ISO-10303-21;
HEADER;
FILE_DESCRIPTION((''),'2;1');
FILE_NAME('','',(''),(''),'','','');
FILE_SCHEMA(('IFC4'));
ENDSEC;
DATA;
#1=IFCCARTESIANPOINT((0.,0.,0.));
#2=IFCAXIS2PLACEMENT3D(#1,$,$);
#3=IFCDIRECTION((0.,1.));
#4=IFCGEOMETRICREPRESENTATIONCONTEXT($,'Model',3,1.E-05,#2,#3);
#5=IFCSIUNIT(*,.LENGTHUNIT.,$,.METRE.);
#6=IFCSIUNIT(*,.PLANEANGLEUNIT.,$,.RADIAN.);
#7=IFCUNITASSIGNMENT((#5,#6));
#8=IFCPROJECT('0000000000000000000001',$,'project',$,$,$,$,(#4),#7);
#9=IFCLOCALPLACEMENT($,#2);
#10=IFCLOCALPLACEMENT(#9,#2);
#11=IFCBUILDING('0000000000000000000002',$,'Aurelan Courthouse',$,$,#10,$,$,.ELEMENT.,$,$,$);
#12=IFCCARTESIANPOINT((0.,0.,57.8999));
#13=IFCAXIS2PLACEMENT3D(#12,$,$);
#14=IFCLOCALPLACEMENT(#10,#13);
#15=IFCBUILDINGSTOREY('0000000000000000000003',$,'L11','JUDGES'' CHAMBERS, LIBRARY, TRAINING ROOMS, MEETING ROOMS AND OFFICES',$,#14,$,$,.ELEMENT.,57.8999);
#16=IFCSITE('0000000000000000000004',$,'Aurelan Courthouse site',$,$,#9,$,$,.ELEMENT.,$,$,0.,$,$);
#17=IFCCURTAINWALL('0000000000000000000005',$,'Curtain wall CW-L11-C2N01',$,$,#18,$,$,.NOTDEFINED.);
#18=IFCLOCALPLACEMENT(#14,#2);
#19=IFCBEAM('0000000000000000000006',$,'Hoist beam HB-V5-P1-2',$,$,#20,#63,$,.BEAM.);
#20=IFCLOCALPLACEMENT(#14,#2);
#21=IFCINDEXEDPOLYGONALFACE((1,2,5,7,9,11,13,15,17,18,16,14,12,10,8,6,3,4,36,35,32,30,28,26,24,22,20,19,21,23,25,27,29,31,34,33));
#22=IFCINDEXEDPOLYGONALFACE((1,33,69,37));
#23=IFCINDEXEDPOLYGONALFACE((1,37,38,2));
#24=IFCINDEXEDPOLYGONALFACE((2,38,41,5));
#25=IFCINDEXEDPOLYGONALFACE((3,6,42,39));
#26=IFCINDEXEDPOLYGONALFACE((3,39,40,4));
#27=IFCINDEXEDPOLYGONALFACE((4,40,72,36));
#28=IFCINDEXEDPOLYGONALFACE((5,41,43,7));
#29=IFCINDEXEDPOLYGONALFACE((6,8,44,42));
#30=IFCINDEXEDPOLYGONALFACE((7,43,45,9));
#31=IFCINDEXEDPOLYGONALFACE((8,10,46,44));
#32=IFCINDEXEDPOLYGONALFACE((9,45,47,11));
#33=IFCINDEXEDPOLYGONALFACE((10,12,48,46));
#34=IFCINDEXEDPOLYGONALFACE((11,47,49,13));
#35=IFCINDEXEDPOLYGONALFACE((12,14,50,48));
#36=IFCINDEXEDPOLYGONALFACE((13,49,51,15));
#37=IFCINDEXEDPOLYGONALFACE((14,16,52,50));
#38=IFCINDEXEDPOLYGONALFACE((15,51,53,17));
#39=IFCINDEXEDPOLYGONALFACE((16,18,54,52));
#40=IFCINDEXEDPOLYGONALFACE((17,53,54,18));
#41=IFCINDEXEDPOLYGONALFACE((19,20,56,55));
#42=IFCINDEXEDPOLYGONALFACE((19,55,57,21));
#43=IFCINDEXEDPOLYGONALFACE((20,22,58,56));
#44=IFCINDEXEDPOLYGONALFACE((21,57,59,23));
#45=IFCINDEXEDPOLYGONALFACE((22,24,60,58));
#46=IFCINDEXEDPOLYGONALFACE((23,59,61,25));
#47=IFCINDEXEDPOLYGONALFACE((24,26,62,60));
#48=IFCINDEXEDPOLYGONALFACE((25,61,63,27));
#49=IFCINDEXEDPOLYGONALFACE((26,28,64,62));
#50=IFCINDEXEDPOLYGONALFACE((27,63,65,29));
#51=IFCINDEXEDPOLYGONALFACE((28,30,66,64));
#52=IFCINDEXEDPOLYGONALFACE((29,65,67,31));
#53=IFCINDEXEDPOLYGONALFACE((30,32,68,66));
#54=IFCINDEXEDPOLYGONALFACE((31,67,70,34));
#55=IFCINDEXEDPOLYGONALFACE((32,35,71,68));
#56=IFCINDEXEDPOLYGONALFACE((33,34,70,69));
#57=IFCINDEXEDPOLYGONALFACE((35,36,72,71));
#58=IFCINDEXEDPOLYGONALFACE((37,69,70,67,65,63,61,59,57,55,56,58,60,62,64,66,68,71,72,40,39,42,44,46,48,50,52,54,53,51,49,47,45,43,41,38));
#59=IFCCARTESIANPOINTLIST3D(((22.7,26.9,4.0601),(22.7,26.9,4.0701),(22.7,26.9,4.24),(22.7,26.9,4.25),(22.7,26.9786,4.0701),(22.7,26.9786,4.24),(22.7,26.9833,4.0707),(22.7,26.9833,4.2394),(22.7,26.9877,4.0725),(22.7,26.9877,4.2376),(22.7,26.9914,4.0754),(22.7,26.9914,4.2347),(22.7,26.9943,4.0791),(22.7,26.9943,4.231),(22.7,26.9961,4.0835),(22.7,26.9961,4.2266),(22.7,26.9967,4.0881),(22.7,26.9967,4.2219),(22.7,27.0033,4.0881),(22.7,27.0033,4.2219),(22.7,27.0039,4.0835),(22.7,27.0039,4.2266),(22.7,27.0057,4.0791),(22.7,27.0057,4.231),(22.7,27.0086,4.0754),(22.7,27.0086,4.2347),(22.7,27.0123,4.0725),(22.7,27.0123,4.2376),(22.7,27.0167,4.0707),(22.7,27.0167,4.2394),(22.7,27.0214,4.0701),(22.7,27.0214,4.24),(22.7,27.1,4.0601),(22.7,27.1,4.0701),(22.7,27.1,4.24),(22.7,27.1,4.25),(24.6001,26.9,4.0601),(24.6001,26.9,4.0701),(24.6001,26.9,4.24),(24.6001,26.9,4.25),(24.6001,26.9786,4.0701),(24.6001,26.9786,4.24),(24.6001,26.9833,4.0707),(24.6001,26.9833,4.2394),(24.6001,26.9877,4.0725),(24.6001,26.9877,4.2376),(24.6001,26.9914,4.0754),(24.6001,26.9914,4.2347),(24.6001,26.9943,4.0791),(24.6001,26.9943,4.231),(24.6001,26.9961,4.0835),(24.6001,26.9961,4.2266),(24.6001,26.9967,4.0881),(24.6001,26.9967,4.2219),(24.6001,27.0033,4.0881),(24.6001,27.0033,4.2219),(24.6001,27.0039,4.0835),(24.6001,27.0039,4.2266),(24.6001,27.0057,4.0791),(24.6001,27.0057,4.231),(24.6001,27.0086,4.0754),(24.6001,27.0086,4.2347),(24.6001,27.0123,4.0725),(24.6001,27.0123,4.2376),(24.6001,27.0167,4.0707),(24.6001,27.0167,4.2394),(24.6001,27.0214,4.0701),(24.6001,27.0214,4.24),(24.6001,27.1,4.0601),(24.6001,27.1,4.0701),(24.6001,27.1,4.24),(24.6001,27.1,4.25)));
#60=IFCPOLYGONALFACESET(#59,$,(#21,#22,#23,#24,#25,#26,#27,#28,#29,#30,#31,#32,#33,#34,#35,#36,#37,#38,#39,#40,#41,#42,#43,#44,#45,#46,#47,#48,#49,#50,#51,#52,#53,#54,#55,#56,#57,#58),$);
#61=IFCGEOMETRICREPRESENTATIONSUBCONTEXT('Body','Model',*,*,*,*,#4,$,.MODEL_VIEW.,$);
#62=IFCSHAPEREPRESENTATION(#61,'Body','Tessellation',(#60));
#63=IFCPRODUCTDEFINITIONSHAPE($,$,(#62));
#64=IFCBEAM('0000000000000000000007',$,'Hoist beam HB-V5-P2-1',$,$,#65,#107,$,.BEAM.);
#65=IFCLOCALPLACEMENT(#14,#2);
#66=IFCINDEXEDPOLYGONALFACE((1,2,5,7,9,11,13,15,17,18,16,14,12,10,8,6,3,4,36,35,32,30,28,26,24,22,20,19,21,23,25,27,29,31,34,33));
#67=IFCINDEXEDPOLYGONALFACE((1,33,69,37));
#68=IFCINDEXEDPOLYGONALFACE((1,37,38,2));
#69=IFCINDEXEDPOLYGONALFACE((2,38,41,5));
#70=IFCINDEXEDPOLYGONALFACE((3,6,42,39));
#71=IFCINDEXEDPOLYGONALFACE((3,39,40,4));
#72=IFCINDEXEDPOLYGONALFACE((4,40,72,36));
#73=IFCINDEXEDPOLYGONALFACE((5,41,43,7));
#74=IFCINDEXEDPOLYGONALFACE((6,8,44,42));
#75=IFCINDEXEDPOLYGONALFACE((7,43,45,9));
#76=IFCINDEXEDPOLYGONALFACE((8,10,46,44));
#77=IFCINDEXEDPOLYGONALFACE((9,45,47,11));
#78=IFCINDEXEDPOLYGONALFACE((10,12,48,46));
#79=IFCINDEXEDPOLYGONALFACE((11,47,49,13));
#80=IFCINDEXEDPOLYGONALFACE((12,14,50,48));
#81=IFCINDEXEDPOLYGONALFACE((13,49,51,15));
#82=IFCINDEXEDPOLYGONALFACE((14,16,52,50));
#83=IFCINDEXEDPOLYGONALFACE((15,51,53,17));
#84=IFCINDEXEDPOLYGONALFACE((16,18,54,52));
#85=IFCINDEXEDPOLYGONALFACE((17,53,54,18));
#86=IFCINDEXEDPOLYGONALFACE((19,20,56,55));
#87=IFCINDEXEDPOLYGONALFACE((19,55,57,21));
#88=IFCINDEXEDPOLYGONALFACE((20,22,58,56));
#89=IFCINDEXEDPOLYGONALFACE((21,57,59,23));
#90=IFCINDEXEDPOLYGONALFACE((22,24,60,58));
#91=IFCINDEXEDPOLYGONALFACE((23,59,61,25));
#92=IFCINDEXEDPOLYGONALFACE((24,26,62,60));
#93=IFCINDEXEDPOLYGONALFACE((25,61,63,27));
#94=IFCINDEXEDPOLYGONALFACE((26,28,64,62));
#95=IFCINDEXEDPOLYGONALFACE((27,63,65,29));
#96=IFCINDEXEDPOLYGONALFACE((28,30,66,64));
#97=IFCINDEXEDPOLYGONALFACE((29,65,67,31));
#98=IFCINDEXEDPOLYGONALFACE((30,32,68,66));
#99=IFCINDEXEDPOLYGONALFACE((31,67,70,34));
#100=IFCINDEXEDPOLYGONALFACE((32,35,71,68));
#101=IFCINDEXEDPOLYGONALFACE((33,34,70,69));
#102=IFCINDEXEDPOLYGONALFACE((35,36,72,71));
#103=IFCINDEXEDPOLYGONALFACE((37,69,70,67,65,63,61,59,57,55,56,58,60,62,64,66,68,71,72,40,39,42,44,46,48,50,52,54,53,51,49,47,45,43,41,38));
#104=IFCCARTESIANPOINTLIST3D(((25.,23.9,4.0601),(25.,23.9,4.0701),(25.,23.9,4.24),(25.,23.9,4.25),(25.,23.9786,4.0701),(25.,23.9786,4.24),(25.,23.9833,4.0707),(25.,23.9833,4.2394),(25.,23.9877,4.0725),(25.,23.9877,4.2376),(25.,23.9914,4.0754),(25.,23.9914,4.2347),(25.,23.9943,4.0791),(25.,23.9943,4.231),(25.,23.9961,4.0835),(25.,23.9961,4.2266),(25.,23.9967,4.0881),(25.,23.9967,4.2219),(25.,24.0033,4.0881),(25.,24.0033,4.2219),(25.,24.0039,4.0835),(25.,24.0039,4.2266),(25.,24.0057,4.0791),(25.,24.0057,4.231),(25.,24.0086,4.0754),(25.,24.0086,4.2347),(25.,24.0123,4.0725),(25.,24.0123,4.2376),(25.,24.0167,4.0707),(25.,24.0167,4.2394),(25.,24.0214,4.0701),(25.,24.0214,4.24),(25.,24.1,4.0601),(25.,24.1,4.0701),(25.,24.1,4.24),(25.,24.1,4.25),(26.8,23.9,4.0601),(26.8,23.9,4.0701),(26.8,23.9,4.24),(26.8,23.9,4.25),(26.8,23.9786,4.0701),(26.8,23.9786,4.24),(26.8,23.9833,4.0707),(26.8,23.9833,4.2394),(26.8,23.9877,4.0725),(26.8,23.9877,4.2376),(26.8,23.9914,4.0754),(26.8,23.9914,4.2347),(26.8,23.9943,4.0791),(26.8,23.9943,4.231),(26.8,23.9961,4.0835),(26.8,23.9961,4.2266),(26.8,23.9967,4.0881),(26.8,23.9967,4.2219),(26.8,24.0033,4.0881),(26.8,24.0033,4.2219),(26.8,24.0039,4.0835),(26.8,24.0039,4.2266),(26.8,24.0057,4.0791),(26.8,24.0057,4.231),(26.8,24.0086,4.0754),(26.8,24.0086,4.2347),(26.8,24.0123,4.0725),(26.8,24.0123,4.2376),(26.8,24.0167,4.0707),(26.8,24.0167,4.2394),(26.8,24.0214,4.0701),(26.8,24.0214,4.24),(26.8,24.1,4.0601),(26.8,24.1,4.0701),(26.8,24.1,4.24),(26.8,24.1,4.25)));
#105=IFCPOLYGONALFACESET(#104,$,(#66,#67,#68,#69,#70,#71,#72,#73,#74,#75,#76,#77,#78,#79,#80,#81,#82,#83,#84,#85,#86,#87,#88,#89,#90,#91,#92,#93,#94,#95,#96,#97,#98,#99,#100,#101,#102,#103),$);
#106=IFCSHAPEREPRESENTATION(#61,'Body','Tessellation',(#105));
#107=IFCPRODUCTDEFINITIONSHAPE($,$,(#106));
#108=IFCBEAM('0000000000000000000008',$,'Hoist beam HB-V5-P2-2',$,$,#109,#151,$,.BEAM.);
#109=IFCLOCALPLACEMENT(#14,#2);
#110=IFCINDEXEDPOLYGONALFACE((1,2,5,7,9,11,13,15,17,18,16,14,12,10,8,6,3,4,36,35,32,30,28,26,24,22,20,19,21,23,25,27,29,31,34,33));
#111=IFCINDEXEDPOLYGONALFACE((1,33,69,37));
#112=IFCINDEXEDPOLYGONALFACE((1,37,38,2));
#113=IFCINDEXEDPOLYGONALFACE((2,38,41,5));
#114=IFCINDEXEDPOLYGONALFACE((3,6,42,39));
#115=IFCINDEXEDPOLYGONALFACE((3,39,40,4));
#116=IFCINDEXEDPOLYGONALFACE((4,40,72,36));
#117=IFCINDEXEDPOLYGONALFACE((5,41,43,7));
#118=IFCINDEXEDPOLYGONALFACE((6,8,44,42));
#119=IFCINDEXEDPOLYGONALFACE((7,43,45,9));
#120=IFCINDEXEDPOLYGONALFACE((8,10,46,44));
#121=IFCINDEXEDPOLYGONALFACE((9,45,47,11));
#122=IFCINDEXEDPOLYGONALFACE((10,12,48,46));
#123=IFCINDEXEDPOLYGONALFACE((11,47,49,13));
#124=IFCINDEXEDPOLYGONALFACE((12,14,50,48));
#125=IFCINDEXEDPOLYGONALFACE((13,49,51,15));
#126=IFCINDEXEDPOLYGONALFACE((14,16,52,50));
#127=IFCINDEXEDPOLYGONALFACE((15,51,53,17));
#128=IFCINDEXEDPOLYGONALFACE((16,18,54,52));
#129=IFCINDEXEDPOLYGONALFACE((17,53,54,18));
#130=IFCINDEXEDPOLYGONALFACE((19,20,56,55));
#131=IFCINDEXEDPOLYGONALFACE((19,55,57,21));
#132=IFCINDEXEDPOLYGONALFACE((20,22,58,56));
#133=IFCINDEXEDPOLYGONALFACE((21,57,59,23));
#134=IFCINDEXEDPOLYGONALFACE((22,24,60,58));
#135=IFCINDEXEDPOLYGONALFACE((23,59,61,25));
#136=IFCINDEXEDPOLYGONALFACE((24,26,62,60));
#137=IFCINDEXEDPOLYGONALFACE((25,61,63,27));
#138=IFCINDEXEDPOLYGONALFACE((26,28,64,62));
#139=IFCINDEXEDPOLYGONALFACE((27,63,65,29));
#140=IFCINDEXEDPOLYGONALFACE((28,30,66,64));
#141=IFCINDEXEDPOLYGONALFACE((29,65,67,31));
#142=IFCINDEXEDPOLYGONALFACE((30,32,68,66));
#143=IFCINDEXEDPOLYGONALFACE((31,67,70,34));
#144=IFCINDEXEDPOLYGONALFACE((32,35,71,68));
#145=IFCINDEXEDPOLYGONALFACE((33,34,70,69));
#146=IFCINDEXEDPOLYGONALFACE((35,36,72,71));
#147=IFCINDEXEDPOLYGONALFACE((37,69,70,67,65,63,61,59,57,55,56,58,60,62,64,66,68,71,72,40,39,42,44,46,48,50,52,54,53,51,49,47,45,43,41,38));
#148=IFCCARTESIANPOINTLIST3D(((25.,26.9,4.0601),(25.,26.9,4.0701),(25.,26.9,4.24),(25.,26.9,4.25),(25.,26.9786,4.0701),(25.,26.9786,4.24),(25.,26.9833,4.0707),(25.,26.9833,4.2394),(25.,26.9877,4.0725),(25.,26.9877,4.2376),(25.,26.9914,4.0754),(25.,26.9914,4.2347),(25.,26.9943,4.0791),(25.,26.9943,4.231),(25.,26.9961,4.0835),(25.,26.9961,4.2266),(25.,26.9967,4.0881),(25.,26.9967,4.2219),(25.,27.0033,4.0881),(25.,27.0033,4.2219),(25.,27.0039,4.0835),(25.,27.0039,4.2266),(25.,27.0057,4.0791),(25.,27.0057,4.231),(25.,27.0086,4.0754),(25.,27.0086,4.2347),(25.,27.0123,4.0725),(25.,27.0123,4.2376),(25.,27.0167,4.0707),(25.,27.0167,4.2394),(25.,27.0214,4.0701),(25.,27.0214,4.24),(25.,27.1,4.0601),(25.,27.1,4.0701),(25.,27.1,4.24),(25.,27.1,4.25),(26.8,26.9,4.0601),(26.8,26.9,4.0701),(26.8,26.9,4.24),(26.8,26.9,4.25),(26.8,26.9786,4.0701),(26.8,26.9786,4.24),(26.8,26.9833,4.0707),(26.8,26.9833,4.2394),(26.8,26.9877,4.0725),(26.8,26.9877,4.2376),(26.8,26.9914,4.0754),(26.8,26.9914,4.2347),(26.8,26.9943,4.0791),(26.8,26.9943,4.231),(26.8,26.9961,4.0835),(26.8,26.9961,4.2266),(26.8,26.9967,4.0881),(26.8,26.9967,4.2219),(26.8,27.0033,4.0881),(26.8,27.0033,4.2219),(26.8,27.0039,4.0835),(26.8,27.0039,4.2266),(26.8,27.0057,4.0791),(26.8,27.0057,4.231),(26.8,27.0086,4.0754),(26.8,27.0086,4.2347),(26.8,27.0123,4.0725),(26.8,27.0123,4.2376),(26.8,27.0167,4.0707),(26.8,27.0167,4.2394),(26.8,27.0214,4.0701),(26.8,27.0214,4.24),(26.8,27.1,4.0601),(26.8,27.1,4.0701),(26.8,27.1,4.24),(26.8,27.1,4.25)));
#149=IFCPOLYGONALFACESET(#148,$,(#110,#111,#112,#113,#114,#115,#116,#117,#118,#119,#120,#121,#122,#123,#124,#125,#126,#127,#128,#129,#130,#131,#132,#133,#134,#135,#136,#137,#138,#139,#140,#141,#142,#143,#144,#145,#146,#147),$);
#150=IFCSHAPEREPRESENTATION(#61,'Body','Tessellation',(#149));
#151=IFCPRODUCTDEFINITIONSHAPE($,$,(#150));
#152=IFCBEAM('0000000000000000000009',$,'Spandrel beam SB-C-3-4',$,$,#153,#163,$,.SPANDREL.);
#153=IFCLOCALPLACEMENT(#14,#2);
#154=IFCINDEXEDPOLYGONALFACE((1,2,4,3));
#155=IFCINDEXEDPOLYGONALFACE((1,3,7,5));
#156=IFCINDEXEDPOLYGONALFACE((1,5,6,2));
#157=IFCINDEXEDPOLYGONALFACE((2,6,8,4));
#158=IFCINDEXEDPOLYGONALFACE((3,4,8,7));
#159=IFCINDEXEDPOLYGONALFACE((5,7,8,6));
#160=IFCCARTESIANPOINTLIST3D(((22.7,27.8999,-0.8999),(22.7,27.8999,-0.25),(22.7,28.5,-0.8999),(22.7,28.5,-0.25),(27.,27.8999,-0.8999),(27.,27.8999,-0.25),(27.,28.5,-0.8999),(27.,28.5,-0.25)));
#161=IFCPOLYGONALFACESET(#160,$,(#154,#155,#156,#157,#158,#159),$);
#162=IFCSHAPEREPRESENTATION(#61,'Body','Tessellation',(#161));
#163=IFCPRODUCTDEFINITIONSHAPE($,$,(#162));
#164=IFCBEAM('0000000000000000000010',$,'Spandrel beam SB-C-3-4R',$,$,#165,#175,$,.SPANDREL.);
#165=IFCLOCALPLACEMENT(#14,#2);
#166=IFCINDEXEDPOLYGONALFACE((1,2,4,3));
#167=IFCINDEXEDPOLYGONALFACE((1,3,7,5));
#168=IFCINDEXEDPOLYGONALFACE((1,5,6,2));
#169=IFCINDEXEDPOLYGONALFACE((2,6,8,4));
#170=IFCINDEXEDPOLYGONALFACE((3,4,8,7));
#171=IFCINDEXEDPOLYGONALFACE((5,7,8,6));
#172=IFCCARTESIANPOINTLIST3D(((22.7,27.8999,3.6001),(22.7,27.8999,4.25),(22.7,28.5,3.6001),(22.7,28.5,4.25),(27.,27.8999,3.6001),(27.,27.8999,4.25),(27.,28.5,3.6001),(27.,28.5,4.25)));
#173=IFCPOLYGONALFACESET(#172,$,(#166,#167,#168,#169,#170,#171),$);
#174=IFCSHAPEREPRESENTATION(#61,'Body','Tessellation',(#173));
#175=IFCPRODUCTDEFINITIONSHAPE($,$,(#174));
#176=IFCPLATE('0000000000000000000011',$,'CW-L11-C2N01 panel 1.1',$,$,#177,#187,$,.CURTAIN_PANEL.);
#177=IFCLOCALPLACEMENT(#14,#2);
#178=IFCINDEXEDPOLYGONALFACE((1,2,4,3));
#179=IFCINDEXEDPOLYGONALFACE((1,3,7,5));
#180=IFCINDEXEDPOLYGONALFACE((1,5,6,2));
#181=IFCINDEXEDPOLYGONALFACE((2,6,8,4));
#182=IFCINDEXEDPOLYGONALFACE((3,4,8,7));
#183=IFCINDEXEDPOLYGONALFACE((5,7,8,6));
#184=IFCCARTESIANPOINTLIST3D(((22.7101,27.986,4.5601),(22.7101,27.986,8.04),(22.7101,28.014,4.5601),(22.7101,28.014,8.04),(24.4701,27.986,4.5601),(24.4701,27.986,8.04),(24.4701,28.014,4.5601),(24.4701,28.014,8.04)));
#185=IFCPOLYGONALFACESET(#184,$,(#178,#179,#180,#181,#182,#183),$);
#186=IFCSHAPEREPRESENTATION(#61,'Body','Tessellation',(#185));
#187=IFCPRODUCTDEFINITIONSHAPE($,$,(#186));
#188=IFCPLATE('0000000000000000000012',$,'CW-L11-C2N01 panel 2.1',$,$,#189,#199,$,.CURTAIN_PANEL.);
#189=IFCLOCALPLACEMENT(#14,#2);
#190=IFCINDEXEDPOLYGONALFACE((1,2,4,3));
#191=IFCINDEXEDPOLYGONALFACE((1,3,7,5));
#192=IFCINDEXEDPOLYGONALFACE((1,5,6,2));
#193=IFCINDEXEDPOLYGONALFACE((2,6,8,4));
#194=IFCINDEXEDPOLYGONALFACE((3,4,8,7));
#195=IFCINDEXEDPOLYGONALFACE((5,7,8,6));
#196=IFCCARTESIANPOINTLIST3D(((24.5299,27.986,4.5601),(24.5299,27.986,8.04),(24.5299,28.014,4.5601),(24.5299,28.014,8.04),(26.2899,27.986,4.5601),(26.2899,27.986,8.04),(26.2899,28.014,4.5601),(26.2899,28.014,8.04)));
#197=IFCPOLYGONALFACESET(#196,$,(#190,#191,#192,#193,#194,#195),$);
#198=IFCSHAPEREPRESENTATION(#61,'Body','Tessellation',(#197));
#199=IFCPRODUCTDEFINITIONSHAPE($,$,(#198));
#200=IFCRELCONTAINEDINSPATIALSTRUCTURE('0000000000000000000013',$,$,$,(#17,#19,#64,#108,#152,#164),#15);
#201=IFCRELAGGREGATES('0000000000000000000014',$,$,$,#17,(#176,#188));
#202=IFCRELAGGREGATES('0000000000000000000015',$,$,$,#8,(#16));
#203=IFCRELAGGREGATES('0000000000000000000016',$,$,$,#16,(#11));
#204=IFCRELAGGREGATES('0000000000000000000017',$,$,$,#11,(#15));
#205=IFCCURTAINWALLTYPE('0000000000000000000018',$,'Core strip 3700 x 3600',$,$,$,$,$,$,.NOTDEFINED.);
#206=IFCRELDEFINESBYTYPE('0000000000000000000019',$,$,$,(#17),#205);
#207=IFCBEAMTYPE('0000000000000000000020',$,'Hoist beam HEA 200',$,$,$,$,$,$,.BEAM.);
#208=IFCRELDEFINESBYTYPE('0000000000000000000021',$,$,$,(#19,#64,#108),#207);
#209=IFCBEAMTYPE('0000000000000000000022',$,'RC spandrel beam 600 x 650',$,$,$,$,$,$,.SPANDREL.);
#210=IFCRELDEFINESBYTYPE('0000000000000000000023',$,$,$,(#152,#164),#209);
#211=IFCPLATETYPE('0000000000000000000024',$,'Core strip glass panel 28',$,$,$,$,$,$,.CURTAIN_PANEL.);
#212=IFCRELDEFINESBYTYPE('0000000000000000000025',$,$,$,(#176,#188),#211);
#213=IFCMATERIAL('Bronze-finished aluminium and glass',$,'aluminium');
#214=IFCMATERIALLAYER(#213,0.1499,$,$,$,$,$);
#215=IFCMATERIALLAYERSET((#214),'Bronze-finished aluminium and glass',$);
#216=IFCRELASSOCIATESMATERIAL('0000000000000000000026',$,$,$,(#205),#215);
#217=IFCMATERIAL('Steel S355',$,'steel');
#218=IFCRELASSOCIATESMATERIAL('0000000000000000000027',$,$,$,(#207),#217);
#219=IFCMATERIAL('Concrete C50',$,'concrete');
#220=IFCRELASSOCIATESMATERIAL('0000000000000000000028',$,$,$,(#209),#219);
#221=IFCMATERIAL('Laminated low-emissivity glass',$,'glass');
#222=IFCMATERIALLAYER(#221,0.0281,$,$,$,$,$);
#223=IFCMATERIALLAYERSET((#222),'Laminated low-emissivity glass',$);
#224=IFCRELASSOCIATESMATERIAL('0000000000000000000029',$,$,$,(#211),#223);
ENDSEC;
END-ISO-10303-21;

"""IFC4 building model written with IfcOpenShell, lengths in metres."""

from ifc_helpers import new_model, si_unit, direction, frame, origin, origin_2d, place, context, subcontext, project, spatial, rectangle, i_section, extrude, material, layer, layer_set, material_profile, profile_set, type_object, element, aggregate, save


model = new_model("IFC4")

# Units and contexts
model_context = context("Model", 3, precision=1e-05, world=origin(), true_north=direction((0.0, 1.0)))
body_context = subcontext(model_context, "Body", "Model", "MODEL_VIEW")
ifc_project = project(units=[si_unit("LENGTHUNIT", "METRE"), si_unit("PLANEANGLEUNIT", "RADIAN")], contexts=[model_context])

# Site, building, storey
site_placement = place(None, origin())
site = spatial("IfcSite", under=ifc_project, at=site_placement, Name="Aurelan Courthouse site", CompositionType="ELEMENT", RefElevation=0.0)
building_placement = place(site_placement, origin())
building = spatial("IfcBuilding", under=site, at=building_placement, Name="Aurelan Courthouse", CompositionType="ELEMENT")
storey_placement = place(building_placement, frame((0.0, 0.0, 57.8999)))
storey = spatial("IfcBuildingStorey", under=building, at=storey_placement, Name="L11", Description="JUDGES' CHAMBERS, LIBRARY, TRAINING ROOMS, MEETING ROOMS AND OFFICES", CompositionType="ELEMENT", Elevation=57.8999)

# Shared definitions
ifc_material_1 = material(Name="Concrete C50", Category="concrete")

# Curtain wall
ifc_material_2 = material(Name="Bronze-finished aluminium and glass", Category="aluminium")
ifc_layer_1 = layer(ifc_material_2, 0.1499)
ifc_layer_set_1 = layer_set([ifc_layer_1], Name="Bronze-finished aluminium and glass")
curtain_wall_type = type_object("IfcCurtainWallType", Name="Core strip 3700 x 3600", PredefinedType="NOTDEFINED", material=ifc_layer_set_1)
curtain_wall_placement = place(storey_placement, origin())
curtain_wall = element("IfcCurtainWall", 1, at=curtain_wall_placement, inside=storey, type_object=curtain_wall_type, Name="Curtain wall CW-L11-C2N01", PredefinedType="NOTDEFINED")

# Beams
ifc_material_3 = material(Name="Steel S355", Category="steel")
ifc_material_profile_1 = material_profile(ifc_material_3, i_section(OverallWidth=0.2, OverallDepth=0.1899, WebThickness=0.0066, FlangeThickness=0.01, FilletRadius=0.0181, at=origin_2d()), Name="HEA 200")
ifc_profile_set_1 = profile_set([ifc_material_profile_1], Name="Steel S355")
beam_type_1 = type_object("IfcBeamType", Name="Hoist beam HEA 200", PredefinedType="BEAM", material=ifc_profile_set_1)
for number, where, z_axis, x_axis, name in (
    (2, (22.7, 27.0, 4.155), (1.0, 0.0, 0.0), (0.0, 1.0, 0.0), "Hoist beam HB-V5-P1-2"),
):
    element("IfcBeam", number, at=place(storey_placement, frame(where, z_axis=z_axis, x_axis=x_axis)), inside=storey, type_object=beam_type_1, Name=name, PredefinedType="BEAM", context=body_context, shape_type="SweptSolid", body=[
        extrude(i_section(OverallWidth=0.2, OverallDepth=0.1899, WebThickness=0.0066, FlangeThickness=0.01, FilletRadius=0.0181, at=origin_2d()), origin(), (0.0, 0.0, 1.0), 1.9001),
    ])
for number, where, z_axis, x_axis, name in (
    (3, (25.0, 24.0, 4.155), (1.0, 0.0, 0.0), (0.0, 1.0, 0.0), "Hoist beam HB-V5-P2-1"),
    (4, (25.0, 27.0, 4.155), (1.0, 0.0, 0.0), (0.0, 1.0, 0.0), "Hoist beam HB-V5-P2-2"),
):
    element("IfcBeam", number, at=place(storey_placement, frame(where, z_axis=z_axis, x_axis=x_axis)), inside=storey, type_object=beam_type_1, Name=name, PredefinedType="BEAM", context=body_context, shape_type="SweptSolid", body=[
        extrude(i_section(OverallWidth=0.2, OverallDepth=0.1899, WebThickness=0.0066, FlangeThickness=0.01, FilletRadius=0.0181, at=origin_2d()), origin(), (0.0, 0.0, 1.0), 1.8),
    ])
ifc_material_profile_2 = material_profile(ifc_material_1, rectangle(XDim=0.6001, YDim=0.6499, at=origin_2d()), Name="RC 600 x 650")
ifc_profile_set_2 = profile_set([ifc_material_profile_2], Name="Concrete C50")
beam_type_2 = type_object("IfcBeamType", Name="RC spandrel beam 600 x 650", PredefinedType="SPANDREL", material=ifc_profile_set_2)
for number, where, z_axis, x_axis, name in (
    (5, (22.7, 28.2, -0.575), (1.0, 0.0, 0.0), (0.0, 1.0, 0.0), "Spandrel beam SB-C-3-4"),
    (6, (22.7, 28.2, 3.925), (1.0, 0.0, 0.0), (0.0, 1.0, 0.0), "Spandrel beam SB-C-3-4R"),
):
    element("IfcBeam", number, at=place(storey_placement, frame(where, z_axis=z_axis, x_axis=x_axis)), inside=storey, type_object=beam_type_2, Name=name, PredefinedType="SPANDREL", context=body_context, shape_type="SweptSolid", body=[
        extrude(rectangle(XDim=0.6001, YDim=0.6499, at=origin_2d()), origin(), (0.0, 0.0, 1.0), 4.3),
    ])

# Plates
ifc_material_4 = material(Name="Laminated low-emissivity glass", Category="glass")
ifc_layer_2 = layer(ifc_material_4, 0.0281)
ifc_layer_set_2 = layer_set([ifc_layer_2], Name="Laminated low-emissivity glass")
plate_type = type_object("IfcPlateType", Name="Core strip glass panel 28", PredefinedType="CURTAIN_PANEL", material=ifc_layer_set_2)
plate_1_placement = place(storey_placement, frame((23.5901, 28.0, 4.5601), z_axis=(0.0, 0.0, 1.0), x_axis=(1.0, 0.0, 0.0)))
plate_1 = element("IfcPlate", 7, at=plate_1_placement, type_object=plate_type, Name="CW-L11-C2N01 panel 1.1", PredefinedType="CURTAIN_PANEL", context=body_context, shape_type="SweptSolid", body=[
    extrude(rectangle(XDim=1.76, YDim=0.0281, at=origin_2d()), origin(), (0.0, 0.0, 1.0), 3.48),
])
plate_2_placement = place(storey_placement, frame((25.4099, 28.0, 4.5601), z_axis=(0.0, 0.0, 1.0), x_axis=(1.0, 0.0, 0.0)))
plate_2 = element("IfcPlate", 8, at=plate_2_placement, type_object=plate_type, Name="CW-L11-C2N01 panel 2.1", PredefinedType="CURTAIN_PANEL", context=body_context, shape_type="SweptSolid", body=[
    extrude(rectangle(XDim=1.76, YDim=0.0281, at=origin_2d()), origin(), (0.0, 0.0, 1.0), 3.48),
])
aggregate(curtain_wall, [plate_1, plate_2])

save(model, "model.ifc")
